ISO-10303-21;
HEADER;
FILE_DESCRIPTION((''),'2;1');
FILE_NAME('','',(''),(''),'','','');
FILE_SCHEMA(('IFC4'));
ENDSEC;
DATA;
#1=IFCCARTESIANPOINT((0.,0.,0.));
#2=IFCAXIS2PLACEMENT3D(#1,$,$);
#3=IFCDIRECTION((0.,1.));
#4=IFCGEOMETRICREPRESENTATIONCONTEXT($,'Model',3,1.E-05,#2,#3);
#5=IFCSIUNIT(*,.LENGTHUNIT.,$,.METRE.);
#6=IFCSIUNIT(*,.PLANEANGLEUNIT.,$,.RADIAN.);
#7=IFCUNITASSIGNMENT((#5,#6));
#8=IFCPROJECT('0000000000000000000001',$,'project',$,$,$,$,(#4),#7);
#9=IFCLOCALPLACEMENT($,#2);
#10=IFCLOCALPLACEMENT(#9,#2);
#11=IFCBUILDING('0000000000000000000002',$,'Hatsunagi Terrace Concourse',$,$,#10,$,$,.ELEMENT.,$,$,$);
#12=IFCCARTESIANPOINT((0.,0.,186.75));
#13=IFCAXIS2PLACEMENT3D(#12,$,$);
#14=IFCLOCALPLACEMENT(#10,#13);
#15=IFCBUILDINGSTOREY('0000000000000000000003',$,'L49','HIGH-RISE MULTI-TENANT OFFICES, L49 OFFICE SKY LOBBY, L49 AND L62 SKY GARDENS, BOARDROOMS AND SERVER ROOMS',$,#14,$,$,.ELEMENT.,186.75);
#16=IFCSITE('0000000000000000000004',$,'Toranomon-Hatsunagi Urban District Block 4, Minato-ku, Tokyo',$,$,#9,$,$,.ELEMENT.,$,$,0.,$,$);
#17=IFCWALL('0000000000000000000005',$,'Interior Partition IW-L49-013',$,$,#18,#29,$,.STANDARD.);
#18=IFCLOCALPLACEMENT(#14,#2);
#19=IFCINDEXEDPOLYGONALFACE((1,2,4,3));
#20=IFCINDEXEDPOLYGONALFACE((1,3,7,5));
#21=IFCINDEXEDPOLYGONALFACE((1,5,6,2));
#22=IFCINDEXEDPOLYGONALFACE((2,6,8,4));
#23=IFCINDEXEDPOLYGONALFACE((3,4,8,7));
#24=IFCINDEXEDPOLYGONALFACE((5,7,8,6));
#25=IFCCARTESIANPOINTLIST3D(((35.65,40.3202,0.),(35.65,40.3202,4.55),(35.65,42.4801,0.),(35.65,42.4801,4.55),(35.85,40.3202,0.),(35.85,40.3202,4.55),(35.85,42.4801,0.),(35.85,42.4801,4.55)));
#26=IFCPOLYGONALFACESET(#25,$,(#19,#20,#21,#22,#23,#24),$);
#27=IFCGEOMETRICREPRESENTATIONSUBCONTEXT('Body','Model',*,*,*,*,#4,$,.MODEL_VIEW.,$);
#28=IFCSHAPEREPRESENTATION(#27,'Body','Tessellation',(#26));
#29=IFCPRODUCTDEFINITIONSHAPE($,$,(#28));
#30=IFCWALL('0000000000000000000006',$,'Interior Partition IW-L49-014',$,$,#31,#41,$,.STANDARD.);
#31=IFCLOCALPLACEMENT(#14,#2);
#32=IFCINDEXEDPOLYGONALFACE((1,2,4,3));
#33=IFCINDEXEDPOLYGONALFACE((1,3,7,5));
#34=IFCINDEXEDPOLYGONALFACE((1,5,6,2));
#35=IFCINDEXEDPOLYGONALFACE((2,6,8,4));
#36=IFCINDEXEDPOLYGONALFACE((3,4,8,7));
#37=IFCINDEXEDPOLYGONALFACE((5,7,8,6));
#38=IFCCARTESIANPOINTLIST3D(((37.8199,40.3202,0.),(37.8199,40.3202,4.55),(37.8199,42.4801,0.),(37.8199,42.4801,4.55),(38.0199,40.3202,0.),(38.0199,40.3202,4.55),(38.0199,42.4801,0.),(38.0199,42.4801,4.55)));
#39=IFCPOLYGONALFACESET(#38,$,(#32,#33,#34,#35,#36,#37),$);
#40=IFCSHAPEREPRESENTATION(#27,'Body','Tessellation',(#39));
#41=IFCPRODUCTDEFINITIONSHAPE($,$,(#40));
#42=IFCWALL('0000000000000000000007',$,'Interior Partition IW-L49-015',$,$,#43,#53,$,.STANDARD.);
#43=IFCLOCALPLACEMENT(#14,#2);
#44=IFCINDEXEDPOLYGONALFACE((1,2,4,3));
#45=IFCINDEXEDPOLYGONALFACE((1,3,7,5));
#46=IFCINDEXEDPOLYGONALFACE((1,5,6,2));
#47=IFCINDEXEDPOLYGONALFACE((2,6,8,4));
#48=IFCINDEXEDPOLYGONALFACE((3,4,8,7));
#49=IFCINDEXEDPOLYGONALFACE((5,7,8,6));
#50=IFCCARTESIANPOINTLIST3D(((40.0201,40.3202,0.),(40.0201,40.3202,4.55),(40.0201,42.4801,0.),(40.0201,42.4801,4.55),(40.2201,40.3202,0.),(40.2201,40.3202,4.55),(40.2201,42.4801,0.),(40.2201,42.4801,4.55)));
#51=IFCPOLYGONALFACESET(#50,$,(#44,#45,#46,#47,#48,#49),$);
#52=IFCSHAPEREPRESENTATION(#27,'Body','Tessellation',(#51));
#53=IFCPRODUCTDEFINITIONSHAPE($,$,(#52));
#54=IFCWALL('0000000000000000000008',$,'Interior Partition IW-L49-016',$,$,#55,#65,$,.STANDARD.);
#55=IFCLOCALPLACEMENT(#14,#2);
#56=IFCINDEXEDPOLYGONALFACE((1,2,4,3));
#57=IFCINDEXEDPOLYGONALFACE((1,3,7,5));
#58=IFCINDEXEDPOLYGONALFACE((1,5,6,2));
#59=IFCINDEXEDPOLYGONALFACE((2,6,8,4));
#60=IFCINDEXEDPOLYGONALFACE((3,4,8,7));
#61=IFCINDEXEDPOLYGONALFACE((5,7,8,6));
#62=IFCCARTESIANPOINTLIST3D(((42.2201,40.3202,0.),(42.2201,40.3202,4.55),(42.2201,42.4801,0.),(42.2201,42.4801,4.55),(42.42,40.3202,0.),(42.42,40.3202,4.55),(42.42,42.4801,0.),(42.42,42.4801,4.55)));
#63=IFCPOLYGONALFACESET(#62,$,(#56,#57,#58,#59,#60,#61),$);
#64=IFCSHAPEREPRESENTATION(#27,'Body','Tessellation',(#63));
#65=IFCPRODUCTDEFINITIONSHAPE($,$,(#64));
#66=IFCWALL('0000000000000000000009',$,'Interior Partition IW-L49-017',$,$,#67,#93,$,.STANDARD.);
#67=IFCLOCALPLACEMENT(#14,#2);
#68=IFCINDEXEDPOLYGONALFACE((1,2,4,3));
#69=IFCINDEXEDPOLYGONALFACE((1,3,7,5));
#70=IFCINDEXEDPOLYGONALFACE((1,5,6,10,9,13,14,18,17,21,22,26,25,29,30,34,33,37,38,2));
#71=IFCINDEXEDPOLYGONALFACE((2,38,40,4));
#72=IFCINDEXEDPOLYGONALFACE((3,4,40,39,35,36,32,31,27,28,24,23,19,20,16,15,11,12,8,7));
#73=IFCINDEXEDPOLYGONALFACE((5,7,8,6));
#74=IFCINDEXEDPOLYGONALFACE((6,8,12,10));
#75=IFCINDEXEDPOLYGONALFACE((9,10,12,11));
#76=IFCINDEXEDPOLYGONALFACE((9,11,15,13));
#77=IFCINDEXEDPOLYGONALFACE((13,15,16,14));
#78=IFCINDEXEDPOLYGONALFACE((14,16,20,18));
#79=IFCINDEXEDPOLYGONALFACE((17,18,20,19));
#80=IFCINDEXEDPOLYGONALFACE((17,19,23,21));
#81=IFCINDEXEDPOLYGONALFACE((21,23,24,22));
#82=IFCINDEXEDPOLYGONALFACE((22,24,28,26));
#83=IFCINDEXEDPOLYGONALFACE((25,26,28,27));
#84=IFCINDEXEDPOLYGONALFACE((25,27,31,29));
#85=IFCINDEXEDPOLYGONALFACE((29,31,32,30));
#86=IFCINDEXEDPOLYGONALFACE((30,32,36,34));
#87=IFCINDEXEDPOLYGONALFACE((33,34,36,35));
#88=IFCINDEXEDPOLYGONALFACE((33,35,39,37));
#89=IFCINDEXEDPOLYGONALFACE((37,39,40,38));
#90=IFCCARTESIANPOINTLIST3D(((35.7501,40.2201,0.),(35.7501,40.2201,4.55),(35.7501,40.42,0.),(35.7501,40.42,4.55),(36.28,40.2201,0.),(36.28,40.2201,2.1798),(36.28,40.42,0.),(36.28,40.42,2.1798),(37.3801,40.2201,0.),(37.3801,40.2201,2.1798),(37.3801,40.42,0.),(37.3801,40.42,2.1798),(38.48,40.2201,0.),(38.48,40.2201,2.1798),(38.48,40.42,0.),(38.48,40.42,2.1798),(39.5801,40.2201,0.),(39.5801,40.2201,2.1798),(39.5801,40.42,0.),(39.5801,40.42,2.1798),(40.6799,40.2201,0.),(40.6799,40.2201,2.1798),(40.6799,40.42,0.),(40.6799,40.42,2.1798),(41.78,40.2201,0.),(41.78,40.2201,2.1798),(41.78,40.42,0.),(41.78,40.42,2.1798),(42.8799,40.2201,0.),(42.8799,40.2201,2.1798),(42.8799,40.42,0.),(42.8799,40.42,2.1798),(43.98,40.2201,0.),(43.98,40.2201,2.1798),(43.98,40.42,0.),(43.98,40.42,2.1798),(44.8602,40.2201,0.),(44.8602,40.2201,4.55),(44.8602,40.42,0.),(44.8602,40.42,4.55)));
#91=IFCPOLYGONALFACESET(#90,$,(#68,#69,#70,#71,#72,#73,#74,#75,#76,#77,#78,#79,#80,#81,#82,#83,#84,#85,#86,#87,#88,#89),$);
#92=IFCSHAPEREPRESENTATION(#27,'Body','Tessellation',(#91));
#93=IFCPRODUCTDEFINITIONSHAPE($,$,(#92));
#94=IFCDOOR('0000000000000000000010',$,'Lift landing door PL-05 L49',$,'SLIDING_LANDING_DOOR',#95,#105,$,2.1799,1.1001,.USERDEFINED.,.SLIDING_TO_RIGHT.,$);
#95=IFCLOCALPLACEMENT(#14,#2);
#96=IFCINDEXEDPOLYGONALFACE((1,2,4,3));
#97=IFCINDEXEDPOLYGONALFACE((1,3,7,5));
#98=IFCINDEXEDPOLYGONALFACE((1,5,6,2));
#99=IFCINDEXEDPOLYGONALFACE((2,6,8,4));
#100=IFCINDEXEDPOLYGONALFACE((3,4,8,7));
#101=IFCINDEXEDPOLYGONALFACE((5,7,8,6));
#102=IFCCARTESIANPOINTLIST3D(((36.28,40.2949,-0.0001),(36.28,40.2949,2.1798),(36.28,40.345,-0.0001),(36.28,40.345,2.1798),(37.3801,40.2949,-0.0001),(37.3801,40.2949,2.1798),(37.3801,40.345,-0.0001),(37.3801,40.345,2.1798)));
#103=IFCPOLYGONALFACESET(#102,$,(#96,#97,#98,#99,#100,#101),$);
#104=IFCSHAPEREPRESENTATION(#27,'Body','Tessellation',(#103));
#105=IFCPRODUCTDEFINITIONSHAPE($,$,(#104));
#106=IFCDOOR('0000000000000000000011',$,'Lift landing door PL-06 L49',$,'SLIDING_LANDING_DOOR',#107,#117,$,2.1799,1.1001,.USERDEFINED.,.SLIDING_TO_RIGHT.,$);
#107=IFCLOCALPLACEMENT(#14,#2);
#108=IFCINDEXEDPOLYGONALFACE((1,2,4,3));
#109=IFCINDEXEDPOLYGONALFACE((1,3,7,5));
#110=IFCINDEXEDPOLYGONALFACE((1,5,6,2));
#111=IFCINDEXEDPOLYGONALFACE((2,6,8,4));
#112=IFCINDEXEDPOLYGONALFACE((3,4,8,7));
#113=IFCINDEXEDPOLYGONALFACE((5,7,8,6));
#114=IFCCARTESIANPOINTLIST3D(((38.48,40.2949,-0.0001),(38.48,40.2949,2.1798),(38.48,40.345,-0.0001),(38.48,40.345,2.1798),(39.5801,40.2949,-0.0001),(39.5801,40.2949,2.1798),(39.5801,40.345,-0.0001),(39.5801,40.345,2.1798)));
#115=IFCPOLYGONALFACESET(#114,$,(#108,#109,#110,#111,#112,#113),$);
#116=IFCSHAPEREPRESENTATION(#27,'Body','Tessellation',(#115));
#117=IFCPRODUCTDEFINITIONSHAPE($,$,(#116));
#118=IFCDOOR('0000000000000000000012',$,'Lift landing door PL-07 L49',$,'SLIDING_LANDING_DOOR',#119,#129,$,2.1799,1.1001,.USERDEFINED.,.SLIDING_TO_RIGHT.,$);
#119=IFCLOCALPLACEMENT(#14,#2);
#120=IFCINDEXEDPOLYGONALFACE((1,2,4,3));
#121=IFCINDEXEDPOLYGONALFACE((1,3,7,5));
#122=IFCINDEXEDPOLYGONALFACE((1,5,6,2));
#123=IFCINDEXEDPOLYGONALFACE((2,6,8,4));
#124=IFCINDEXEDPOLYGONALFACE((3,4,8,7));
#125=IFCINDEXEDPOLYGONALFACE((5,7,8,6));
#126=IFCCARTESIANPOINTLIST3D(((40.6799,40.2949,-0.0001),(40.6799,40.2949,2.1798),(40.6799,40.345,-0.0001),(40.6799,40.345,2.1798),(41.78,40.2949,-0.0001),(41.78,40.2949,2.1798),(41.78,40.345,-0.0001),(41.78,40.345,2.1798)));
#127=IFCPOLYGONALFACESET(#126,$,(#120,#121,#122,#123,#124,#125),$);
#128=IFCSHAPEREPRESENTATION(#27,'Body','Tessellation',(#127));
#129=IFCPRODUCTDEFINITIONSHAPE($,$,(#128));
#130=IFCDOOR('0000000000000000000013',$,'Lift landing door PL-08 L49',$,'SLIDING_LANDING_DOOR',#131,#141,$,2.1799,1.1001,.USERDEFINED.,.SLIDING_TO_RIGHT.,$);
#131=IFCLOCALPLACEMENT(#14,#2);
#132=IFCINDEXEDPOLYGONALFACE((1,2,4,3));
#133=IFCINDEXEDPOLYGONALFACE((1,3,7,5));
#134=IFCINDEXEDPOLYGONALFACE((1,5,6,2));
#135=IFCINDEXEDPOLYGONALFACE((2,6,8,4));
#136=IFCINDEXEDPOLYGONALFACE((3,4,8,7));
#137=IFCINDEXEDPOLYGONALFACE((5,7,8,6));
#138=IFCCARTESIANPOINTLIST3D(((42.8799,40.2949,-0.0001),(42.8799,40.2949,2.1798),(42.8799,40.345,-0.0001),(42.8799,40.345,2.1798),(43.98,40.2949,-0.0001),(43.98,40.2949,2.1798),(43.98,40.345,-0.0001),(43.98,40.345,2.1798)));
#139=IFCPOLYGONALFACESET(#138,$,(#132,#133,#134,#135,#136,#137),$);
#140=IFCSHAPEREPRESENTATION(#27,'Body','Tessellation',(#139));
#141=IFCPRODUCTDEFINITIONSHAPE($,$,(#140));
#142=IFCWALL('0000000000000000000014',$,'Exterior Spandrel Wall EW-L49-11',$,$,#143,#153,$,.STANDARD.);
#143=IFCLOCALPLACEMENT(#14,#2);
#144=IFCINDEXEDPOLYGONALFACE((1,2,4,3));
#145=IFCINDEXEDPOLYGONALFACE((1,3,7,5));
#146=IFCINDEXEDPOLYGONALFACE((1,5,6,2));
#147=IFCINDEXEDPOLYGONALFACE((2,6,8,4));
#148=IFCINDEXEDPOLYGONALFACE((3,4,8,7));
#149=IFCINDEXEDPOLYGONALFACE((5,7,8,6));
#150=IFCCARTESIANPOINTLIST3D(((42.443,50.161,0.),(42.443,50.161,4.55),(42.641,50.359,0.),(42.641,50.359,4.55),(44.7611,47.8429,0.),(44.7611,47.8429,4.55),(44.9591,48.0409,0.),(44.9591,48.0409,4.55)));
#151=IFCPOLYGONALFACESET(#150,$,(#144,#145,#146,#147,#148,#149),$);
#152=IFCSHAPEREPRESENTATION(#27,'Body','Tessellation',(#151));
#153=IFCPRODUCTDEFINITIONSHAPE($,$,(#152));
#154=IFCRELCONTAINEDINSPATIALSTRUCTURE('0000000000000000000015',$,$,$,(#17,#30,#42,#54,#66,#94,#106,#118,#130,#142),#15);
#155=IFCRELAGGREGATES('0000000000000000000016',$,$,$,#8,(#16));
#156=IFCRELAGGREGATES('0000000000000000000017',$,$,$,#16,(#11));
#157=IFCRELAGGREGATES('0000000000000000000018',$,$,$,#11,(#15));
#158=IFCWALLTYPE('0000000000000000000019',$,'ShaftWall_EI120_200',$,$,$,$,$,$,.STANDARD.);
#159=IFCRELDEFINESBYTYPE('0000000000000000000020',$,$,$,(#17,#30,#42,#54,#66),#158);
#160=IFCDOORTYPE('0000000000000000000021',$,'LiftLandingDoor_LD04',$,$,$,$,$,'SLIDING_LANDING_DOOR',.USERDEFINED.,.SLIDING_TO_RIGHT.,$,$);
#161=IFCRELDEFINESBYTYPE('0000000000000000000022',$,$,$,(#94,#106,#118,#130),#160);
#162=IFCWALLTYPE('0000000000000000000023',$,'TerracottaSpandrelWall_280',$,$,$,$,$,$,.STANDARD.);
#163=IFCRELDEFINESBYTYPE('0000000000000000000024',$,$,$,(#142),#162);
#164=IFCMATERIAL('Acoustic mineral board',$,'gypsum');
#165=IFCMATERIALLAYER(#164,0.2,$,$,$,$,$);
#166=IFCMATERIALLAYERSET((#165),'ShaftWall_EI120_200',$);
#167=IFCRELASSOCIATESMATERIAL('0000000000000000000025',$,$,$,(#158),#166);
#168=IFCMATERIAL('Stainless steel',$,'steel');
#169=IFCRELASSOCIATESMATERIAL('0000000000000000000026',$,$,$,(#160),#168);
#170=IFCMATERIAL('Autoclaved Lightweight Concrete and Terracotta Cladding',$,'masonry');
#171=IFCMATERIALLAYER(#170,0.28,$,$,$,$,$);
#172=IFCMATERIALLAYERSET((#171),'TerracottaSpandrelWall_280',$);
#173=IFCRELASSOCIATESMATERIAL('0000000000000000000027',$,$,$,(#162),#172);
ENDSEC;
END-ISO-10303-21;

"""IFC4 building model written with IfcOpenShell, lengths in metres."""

from ifc_helpers import new_model, si_unit, direction, frame, frame_2d, origin, place, context, subcontext, project, spatial, rectangle, extrude, material, layer, layer_set, type_object, element, fill, save


model = new_model("IFC4")

# Units and contexts
model_context = context("Model", 3, precision=1e-05, world=origin(), true_north=direction((0.0, 1.0)))
body_context = subcontext(model_context, "Body", "Model", "MODEL_VIEW")
ifc_project = project(units=[si_unit("LENGTHUNIT", "METRE"), si_unit("PLANEANGLEUNIT", "RADIAN")], contexts=[model_context])

# Site, building, storey
site_placement = place(None, origin())
site = spatial("IfcSite", under=ifc_project, at=site_placement, Name="Toranomon-Hatsunagi Urban District Block 4, Minato-ku, Tokyo", CompositionType="ELEMENT", RefElevation=0.0)
building_placement = place(site_placement, origin())
building = spatial("IfcBuilding", under=site, at=building_placement, Name="Hatsunagi Terrace Concourse", CompositionType="ELEMENT")
storey_placement = place(building_placement, frame((0.0, 0.0, 186.75)))
storey = spatial("IfcBuildingStorey", under=building, at=storey_placement, Name="L49", Description="HIGH-RISE MULTI-TENANT OFFICES, L49 OFFICE SKY LOBBY, L49 AND L62 SKY GARDENS, BOARDROOMS AND SERVER ROOMS", CompositionType="ELEMENT", Elevation=186.75)

# Walls
ifc_material_1 = material(Name="Acoustic mineral board", Category="gypsum")
ifc_layer_1 = layer(ifc_material_1, 0.2)
ifc_layer_set_1 = layer_set([ifc_layer_1], Name="ShaftWall_EI120_200")
wall_type_1 = type_object("IfcWallType", Name="ShaftWall_EI120_200", PredefinedType="STANDARD", material=ifc_layer_set_1)
for number, where, z_axis, x_axis, name in (
    (1, (35.75, 40.3201, 0.0), (0.0, 0.0, 1.0), (0.0, 1.0, 0.0), "Interior Partition IW-L49-013"),
    (2, (37.9199, 40.3201, 0.0), (0.0, 0.0, 1.0), (0.0, 1.0, 0.0), "Interior Partition IW-L49-014"),
    (3, (40.1201, 40.3201, 0.0), (0.0, 0.0, 1.0), (0.0, 1.0, 0.0), "Interior Partition IW-L49-015"),
    (4, (42.3201, 40.3201, 0.0), (0.0, 0.0, 1.0), (0.0, 1.0, 0.0), "Interior Partition IW-L49-016"),
):
    element("IfcWall", number, at=place(storey_placement, frame(where, z_axis=z_axis, x_axis=x_axis)), inside=storey, type_object=wall_type_1, Name=name, PredefinedType="STANDARD", context=body_context, shape_type="SweptSolid", body=[
        extrude(rectangle(XDim=2.1599, YDim=0.2, at=frame_2d((1.0801, 0.0))), origin(), (0.0, 0.0, 1.0), 4.55),
    ])

# Wall, openings, doors
wall_1_placement = place(storey_placement, frame((35.75, 40.3201, 0.0), z_axis=(0.0, 0.0, 1.0), x_axis=(1.0, 0.0, 0.0)))
wall_1 = element("IfcWall", 5, at=wall_1_placement, inside=storey, type_object=wall_type_1, Name="Interior Partition IW-L49-017", PredefinedType="STANDARD", context=body_context, shape_type="SweptSolid", body=[
    extrude(rectangle(XDim=9.1101, YDim=0.2, at=frame_2d((4.5552, 0.0))), origin(), (0.0, 0.0, 1.0), 4.55),
])
opening_1_placement = place(wall_1_placement, frame((0.53, 0.0, 0.0)))
opening_1 = element("IfcOpeningElement", 6, at=opening_1_placement, cuts=wall_1, PredefinedType="OPENING", context=body_context, shape_type="SweptSolid", body=[
    extrude(rectangle(XDim=1.1001, YDim=2.1799, at=frame_2d((0.55, 1.0898))), frame((0.0, 0.1099, 0.0), z_axis=(0.0, -1.0, 0.0), x_axis=(1.0, 0.0, 0.0)), (0.0, 0.0, 1.0), 0.22),
])
opening_2_placement = place(wall_1_placement, frame((2.73, 0.0, 0.0)))
opening_2 = element("IfcOpeningElement", 7, at=opening_2_placement, cuts=wall_1, PredefinedType="OPENING", context=body_context, shape_type="SweptSolid", body=[
    extrude(rectangle(XDim=1.1001, YDim=2.1799, at=frame_2d((0.55, 1.0898))), frame((0.0, 0.1099, 0.0), z_axis=(0.0, -1.0, 0.0), x_axis=(1.0, 0.0, 0.0)), (0.0, 0.0, 1.0), 0.22),
])
opening_3_placement = place(wall_1_placement, frame((4.9299, 0.0, 0.0)))
opening_3 = element("IfcOpeningElement", 8, at=opening_3_placement, cuts=wall_1, PredefinedType="OPENING", context=body_context, shape_type="SweptSolid", body=[
    extrude(rectangle(XDim=1.1001, YDim=2.1799, at=frame_2d((0.55, 1.0898))), frame((0.0, 0.1099, 0.0), z_axis=(0.0, -1.0, 0.0), x_axis=(1.0, 0.0, 0.0)), (0.0, 0.0, 1.0), 0.22),
])
opening_4_placement = place(wall_1_placement, frame((7.1299, 0.0, 0.0)))
opening_4 = element("IfcOpeningElement", 9, at=opening_4_placement, cuts=wall_1, PredefinedType="OPENING", context=body_context, shape_type="SweptSolid", body=[
    extrude(rectangle(XDim=1.1001, YDim=2.1799, at=frame_2d((0.55, 1.0898))), frame((0.0, 0.1099, 0.0), z_axis=(0.0, -1.0, 0.0), x_axis=(1.0, 0.0, 0.0)), (0.0, 0.0, 1.0), 0.22),
])
ifc_material_2 = material(Name="Stainless steel", Category="steel")
door_type_1 = type_object("IfcDoorType", Name="LiftLandingDoor_LD04", ElementType="SLIDING_LANDING_DOOR", OperationType="SLIDING_TO_RIGHT", PredefinedType="USERDEFINED", material=ifc_material_2)
door_1_placement = place(opening_1_placement, origin())
door_1 = element("IfcDoor", 10, at=door_1_placement, inside=storey, type_object=door_type_1, Name="Lift landing door PL-05 L49", ObjectType="SLIDING_LANDING_DOOR", OperationType="SLIDING_TO_RIGHT", OverallHeight=2.1799, OverallWidth=1.1001, PredefinedType="USERDEFINED", context=body_context, shape_type="SweptSolid", body=[
    extrude(rectangle(XDim=1.1001, YDim=2.1799, at=frame_2d((0.55, 1.0898))), frame((0.0, 0.0249, 0.0), z_axis=(0.0, -1.0, 0.0), x_axis=(1.0, 0.0, 0.0)), (0.0, 0.0, 1.0), 0.05),
])
fill(opening_1, door_1)
door_2_placement = place(opening_2_placement, origin())
door_2 = element("IfcDoor", 11, at=door_2_placement, inside=storey, type_object=door_type_1, Name="Lift landing door PL-06 L49", ObjectType="SLIDING_LANDING_DOOR", OperationType="SLIDING_TO_RIGHT", OverallHeight=2.1799, OverallWidth=1.1001, PredefinedType="USERDEFINED", context=body_context, shape_type="SweptSolid", body=[
    extrude(rectangle(XDim=1.1001, YDim=2.1799, at=frame_2d((0.55, 1.0898))), frame((0.0, 0.0249, 0.0), z_axis=(0.0, -1.0, 0.0), x_axis=(1.0, 0.0, 0.0)), (0.0, 0.0, 1.0), 0.05),
])
fill(opening_2, door_2)
door_3_placement = place(opening_3_placement, origin())
door_3 = element("IfcDoor", 12, at=door_3_placement, inside=storey, type_object=door_type_1, Name="Lift landing door PL-07 L49", ObjectType="SLIDING_LANDING_DOOR", OperationType="SLIDING_TO_RIGHT", OverallHeight=2.1799, OverallWidth=1.1001, PredefinedType="USERDEFINED", context=body_context, shape_type="SweptSolid", body=[
    extrude(rectangle(XDim=1.1001, YDim=2.1799, at=frame_2d((0.55, 1.0898))), frame((0.0, 0.0249, 0.0), z_axis=(0.0, -1.0, 0.0), x_axis=(1.0, 0.0, 0.0)), (0.0, 0.0, 1.0), 0.05),
])
fill(opening_3, door_3)
door_4_placement = place(opening_4_placement, origin())
door_4 = element("IfcDoor", 13, at=door_4_placement, inside=storey, type_object=door_type_1, Name="Lift landing door PL-08 L49", ObjectType="SLIDING_LANDING_DOOR", OperationType="SLIDING_TO_RIGHT", OverallHeight=2.1799, OverallWidth=1.1001, PredefinedType="USERDEFINED", context=body_context, shape_type="SweptSolid", body=[
    extrude(rectangle(XDim=1.1001, YDim=2.1799, at=frame_2d((0.55, 1.0898))), frame((0.0, 0.0249, 0.0), z_axis=(0.0, -1.0, 0.0), x_axis=(1.0, 0.0, 0.0)), (0.0, 0.0, 1.0), 0.05),
])
fill(opening_4, door_4)

# Wall
ifc_material_3 = material(Name="Autoclaved Lightweight Concrete and Terracotta Cladding", Category="masonry")
ifc_layer_2 = layer(ifc_material_3, 0.28)
ifc_layer_set_2 = layer_set([ifc_layer_2], Name="TerracottaSpandrelWall_280")
wall_type_2 = type_object("IfcWallType", Name="TerracottaSpandrelWall_280", PredefinedType="STANDARD", material=ifc_layer_set_2)
wall_2_placement = place(storey_placement, frame((42.542, 50.26, 0.0), z_axis=(0.0, 0.0, 1.0), x_axis=(0.707107, -0.707107, 0.0)))
element("IfcWall", 14, at=wall_2_placement, inside=storey, type_object=wall_type_2, Name="Exterior Spandrel Wall EW-L49-11", PredefinedType="STANDARD", context=body_context, shape_type="SweptSolid", body=[
    extrude(rectangle(XDim=3.2783, YDim=0.28, at=frame_2d((1.6392, 0.0))), origin(), (0.0, 0.0, 1.0), 4.55),
])

save(model, "model.ifc")
